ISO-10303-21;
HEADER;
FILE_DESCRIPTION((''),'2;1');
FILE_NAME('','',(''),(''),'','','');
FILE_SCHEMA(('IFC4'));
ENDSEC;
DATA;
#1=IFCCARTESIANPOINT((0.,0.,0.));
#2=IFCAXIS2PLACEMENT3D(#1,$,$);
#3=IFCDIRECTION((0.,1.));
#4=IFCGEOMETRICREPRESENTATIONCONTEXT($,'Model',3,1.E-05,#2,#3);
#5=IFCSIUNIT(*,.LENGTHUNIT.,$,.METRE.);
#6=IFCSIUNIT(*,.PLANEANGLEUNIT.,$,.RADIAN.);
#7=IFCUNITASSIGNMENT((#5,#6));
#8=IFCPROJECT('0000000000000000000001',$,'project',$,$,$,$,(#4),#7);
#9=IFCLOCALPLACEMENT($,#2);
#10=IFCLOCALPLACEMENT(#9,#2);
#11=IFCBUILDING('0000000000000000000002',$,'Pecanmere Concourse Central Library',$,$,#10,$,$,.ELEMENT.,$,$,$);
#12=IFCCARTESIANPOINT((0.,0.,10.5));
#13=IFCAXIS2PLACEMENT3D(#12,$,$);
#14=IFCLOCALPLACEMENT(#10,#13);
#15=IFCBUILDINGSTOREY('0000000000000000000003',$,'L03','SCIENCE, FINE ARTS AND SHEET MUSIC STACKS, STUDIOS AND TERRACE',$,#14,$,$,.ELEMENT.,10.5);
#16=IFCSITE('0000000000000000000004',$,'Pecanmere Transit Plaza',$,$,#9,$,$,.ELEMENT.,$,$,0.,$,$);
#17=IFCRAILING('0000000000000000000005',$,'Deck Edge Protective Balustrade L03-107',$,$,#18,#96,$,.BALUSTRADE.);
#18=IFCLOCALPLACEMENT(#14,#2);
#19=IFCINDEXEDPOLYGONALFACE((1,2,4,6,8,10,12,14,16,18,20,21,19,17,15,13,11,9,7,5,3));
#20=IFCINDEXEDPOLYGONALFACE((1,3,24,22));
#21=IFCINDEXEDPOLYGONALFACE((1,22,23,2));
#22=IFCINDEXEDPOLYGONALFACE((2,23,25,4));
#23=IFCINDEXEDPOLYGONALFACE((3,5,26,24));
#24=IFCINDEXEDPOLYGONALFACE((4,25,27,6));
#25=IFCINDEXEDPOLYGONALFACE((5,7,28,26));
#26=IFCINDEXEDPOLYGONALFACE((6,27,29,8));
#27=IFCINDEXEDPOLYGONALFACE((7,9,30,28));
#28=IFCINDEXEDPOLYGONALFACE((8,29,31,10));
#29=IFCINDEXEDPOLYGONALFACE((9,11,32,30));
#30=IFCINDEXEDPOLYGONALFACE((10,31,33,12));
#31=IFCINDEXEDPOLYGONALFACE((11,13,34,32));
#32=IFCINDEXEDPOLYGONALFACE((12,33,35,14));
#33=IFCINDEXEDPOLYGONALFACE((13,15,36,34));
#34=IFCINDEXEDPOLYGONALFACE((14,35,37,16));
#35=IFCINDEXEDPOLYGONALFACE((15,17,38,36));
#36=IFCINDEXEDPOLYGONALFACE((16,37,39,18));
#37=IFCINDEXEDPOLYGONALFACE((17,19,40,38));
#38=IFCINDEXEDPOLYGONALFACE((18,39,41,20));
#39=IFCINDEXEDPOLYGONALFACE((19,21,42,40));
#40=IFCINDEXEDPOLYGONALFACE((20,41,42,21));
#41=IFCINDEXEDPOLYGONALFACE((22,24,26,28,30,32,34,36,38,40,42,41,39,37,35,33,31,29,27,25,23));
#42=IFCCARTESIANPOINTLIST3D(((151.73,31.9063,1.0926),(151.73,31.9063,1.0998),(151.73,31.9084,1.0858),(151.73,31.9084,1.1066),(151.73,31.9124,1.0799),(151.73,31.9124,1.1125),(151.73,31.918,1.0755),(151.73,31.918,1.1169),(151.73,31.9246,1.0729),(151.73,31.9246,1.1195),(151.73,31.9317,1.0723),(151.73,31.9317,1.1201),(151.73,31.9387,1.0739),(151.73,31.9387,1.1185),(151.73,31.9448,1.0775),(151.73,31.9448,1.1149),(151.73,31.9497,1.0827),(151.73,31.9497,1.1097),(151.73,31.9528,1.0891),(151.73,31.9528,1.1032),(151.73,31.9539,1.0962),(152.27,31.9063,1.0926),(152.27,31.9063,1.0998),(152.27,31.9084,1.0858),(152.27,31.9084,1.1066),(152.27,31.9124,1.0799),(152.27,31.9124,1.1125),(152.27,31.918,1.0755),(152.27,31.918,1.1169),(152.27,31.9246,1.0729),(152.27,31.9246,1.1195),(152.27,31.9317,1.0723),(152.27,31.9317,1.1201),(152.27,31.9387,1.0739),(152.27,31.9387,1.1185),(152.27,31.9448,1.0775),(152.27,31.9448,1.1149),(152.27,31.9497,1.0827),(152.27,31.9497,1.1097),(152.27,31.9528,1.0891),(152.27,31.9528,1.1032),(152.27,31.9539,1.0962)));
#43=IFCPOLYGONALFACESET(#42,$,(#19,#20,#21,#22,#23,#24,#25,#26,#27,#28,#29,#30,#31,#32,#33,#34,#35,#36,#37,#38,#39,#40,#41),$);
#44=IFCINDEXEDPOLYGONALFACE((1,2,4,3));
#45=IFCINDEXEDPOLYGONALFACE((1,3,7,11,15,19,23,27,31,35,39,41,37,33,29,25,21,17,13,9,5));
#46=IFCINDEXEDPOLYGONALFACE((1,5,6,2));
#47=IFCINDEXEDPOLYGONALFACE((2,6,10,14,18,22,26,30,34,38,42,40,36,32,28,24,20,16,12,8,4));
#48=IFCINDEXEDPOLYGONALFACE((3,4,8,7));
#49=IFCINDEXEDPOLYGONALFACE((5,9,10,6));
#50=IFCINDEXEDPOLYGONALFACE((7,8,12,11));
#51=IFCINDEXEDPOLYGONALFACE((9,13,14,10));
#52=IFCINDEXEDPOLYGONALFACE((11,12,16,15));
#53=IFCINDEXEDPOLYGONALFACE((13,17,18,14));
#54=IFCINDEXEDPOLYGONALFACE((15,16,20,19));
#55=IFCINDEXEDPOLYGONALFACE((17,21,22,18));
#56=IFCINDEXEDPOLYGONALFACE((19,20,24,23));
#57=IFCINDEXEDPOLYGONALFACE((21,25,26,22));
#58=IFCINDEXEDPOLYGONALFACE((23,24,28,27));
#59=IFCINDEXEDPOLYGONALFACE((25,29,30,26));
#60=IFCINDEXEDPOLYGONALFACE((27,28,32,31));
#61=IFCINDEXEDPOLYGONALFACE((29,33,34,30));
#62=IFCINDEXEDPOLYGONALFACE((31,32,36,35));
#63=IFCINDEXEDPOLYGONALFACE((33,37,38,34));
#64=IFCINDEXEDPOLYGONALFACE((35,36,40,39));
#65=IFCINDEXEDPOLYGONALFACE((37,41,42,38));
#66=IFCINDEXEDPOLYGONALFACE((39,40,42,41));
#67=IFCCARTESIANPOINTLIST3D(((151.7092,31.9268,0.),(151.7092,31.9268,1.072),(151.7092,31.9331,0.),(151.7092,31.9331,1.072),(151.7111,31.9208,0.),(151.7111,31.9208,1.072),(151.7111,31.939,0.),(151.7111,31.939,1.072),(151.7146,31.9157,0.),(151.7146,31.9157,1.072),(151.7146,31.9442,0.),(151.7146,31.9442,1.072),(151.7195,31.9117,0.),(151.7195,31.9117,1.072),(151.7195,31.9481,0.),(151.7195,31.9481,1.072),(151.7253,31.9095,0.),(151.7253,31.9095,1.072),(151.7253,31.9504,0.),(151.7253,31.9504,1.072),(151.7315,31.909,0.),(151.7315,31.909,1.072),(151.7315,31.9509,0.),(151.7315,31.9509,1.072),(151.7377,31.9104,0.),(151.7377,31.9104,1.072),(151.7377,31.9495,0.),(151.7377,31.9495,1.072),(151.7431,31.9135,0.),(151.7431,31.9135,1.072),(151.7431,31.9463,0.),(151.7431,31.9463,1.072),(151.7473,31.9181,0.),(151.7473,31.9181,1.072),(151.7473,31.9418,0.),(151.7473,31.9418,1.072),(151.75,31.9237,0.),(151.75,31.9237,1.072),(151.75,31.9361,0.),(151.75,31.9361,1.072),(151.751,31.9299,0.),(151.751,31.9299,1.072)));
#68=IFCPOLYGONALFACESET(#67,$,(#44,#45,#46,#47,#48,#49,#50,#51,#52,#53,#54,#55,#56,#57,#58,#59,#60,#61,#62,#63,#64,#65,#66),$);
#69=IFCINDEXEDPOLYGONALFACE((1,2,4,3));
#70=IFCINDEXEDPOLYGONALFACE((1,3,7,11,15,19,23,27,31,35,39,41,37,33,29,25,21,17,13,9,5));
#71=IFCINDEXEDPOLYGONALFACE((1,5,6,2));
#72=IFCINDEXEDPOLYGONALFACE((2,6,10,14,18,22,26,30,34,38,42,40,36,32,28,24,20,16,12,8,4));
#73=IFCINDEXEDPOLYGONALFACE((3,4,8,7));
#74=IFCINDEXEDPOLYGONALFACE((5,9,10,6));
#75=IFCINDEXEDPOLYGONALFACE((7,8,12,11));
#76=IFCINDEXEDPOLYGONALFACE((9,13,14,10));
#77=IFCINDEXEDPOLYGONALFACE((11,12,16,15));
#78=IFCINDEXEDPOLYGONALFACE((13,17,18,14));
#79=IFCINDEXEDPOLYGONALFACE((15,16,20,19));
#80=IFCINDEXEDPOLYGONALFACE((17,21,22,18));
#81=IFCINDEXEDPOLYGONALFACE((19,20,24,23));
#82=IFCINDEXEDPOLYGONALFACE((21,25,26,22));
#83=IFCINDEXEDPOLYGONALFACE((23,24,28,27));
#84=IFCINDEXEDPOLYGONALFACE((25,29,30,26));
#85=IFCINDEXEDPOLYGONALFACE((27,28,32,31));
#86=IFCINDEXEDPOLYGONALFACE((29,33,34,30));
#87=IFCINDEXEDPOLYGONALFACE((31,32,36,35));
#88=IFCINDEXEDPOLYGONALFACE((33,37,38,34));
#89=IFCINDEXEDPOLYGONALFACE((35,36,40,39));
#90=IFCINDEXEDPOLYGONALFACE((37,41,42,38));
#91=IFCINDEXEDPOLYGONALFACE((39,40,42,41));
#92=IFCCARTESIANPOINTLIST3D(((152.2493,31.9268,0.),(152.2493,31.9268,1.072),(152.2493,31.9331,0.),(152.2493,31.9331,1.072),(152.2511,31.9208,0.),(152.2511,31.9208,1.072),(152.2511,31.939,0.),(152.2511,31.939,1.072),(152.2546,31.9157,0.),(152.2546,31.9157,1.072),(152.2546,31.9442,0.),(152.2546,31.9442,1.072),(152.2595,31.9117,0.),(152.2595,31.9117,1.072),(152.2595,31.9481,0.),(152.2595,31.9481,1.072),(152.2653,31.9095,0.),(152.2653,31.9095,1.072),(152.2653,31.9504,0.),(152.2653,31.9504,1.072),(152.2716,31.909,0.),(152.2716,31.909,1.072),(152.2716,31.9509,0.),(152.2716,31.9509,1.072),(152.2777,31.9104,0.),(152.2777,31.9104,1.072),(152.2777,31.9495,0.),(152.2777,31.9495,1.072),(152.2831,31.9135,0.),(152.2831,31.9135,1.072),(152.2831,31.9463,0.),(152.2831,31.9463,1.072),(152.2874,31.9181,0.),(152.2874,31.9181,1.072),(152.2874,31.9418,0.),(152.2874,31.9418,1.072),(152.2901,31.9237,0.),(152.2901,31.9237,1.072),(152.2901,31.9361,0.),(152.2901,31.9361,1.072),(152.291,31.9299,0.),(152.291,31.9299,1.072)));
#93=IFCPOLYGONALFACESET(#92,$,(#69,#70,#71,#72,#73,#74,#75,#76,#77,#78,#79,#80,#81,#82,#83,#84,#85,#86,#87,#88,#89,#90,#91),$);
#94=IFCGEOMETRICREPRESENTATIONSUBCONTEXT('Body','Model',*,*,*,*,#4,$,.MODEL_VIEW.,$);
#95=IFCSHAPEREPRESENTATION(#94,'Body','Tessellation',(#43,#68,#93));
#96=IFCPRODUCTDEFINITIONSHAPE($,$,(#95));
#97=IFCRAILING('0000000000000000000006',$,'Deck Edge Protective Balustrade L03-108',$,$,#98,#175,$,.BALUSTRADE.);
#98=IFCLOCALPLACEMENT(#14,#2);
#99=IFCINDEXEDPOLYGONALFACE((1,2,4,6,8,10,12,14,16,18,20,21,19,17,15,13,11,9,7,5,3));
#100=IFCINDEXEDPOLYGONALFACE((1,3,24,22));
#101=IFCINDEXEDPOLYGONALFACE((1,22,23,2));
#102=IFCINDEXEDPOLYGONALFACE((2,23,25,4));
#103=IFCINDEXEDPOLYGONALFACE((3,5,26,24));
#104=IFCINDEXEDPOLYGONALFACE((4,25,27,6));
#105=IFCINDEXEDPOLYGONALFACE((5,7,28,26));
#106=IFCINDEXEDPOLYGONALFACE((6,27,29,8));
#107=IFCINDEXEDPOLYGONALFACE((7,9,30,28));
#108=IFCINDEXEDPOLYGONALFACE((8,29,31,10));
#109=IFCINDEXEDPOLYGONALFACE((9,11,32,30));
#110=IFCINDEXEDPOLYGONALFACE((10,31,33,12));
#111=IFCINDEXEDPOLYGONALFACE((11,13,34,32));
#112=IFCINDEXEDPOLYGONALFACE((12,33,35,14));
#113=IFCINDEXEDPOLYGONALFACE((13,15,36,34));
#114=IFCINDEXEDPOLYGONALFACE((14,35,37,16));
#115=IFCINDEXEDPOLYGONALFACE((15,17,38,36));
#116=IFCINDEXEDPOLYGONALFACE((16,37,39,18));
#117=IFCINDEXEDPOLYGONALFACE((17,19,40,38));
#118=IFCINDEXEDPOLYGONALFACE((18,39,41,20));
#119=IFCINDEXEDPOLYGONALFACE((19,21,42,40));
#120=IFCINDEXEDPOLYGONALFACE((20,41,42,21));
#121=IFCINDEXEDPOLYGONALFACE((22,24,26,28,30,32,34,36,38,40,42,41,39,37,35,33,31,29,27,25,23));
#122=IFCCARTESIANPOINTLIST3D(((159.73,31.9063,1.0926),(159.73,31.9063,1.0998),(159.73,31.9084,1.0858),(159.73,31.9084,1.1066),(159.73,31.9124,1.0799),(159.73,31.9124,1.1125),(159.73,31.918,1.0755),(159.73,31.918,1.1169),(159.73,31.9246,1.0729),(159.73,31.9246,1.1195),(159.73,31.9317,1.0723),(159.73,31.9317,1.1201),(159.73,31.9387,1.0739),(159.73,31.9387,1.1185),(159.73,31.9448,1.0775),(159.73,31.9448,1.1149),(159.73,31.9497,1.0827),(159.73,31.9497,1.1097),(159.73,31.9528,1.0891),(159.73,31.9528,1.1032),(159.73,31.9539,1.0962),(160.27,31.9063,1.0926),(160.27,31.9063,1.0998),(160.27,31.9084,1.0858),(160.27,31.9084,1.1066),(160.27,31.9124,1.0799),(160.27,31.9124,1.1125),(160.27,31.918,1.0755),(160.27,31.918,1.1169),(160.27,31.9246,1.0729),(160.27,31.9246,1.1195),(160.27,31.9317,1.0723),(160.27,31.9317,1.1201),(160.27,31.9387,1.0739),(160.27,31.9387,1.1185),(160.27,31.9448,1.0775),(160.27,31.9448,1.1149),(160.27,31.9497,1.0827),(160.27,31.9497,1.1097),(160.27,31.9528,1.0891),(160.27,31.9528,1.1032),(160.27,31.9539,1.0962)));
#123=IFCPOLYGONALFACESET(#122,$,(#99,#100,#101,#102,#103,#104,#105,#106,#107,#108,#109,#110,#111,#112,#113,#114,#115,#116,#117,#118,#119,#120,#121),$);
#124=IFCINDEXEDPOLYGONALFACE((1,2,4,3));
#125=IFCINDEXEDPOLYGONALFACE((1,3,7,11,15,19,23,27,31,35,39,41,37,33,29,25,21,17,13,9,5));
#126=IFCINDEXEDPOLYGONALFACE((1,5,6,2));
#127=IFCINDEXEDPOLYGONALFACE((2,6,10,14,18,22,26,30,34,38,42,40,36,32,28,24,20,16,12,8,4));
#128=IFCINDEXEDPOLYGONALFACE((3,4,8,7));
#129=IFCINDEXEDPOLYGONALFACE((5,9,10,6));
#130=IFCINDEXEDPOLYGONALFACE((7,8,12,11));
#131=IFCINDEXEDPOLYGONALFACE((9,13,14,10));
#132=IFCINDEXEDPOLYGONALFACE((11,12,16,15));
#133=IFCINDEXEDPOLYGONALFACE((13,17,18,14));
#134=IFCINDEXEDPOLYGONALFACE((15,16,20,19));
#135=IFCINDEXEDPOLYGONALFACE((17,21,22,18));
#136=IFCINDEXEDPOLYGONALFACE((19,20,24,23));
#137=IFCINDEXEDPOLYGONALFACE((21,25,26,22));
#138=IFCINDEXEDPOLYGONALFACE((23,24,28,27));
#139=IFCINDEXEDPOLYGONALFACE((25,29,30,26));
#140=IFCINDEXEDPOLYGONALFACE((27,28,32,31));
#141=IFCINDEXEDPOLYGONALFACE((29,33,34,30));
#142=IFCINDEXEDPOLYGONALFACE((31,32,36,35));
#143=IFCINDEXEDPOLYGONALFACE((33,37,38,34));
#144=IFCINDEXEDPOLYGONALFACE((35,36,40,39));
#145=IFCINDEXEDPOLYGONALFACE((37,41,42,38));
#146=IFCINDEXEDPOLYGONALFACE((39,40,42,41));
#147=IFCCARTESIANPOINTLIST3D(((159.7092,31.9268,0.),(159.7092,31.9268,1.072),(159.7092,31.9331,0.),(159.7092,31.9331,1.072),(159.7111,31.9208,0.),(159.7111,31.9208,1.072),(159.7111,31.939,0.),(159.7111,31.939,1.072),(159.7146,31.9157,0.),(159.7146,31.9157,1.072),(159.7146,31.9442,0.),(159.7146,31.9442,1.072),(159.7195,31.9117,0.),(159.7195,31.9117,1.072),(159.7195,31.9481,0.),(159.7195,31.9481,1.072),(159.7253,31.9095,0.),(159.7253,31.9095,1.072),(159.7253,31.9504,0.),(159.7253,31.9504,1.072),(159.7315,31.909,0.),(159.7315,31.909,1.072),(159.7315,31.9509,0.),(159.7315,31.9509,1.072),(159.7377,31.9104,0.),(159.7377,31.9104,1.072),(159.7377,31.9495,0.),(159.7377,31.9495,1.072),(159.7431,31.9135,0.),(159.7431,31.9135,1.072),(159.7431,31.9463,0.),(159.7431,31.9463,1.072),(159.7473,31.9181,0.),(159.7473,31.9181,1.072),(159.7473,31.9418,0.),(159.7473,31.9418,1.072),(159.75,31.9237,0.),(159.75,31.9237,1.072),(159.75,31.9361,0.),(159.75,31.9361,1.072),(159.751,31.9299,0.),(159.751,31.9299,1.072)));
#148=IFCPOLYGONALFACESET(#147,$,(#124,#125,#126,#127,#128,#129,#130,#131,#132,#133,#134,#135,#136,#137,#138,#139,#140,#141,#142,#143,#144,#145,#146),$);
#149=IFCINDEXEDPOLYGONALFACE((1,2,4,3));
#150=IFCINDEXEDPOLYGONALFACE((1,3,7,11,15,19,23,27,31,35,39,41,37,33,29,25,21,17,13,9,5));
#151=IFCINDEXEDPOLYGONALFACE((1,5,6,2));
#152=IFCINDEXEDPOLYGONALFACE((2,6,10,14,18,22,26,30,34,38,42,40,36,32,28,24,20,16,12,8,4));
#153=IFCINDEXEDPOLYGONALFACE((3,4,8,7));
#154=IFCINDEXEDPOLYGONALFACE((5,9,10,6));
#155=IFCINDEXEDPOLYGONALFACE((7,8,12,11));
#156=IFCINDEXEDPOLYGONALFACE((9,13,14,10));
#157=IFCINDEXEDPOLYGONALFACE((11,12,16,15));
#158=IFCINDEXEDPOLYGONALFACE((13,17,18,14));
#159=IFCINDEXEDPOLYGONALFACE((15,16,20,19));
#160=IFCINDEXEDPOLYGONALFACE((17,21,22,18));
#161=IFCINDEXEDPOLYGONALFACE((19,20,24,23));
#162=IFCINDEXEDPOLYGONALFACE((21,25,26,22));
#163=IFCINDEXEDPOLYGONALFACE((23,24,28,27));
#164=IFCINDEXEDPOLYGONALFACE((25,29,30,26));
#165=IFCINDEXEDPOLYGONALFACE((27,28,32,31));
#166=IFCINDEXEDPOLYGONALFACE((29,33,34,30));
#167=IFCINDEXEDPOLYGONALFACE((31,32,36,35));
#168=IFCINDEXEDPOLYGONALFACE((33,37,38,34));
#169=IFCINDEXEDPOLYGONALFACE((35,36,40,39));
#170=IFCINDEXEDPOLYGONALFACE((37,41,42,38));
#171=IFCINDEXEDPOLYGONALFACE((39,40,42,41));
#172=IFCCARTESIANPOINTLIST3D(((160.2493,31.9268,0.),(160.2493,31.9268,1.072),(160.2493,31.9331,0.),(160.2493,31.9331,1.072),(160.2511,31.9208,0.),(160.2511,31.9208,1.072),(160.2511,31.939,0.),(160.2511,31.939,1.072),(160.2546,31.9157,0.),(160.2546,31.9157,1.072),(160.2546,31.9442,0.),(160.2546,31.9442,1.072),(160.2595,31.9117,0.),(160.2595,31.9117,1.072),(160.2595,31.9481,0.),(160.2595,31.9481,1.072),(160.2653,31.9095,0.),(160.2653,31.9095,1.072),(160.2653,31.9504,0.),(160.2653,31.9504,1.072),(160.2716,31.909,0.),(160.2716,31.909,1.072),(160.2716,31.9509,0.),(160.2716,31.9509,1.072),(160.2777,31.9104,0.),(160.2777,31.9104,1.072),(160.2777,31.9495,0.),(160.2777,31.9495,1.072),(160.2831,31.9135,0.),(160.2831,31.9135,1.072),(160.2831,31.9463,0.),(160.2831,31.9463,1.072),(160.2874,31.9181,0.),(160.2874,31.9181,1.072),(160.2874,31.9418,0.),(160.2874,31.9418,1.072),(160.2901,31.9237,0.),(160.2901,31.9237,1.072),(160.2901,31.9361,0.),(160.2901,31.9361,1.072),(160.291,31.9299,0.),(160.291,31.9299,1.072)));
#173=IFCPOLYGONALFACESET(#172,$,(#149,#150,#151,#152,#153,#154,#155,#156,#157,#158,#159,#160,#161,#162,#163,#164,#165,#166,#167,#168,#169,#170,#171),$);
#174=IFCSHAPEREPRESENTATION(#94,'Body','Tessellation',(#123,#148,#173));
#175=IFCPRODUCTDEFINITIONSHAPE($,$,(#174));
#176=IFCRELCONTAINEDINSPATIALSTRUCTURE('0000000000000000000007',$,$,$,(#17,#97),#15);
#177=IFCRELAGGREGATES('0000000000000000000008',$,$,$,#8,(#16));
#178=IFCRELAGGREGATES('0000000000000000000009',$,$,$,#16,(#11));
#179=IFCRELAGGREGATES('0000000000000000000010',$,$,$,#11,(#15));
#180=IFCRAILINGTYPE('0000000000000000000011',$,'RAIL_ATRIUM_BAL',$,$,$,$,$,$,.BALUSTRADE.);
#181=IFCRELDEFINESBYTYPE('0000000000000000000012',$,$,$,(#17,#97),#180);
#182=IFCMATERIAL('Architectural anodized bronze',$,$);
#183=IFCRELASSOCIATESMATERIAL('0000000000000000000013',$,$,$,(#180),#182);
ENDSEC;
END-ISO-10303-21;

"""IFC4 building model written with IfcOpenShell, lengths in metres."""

from ifc_helpers import new_model, si_unit, direction, frame, origin, origin_2d, place, context, subcontext, project, spatial, circle, extrude, material, type_object, element, save


model = new_model("IFC4")

# Units and contexts
model_context = context("Model", 3, precision=1e-05, world=origin(), true_north=direction((0.0, 1.0)))
body_context = subcontext(model_context, "Body", "Model", "MODEL_VIEW")
ifc_project = project(units=[si_unit("LENGTHUNIT", "METRE"), si_unit("PLANEANGLEUNIT", "RADIAN")], contexts=[model_context])

# Site, building, storey
site_placement = place(None, origin())
site = spatial("IfcSite", under=ifc_project, at=site_placement, Name="Pecanmere Transit Plaza", CompositionType="ELEMENT", RefElevation=0.0)
building_placement = place(site_placement, origin())
building = spatial("IfcBuilding", under=site, at=building_placement, Name="Pecanmere Concourse Central Library", CompositionType="ELEMENT")
storey_placement = place(building_placement, frame((0.0, 0.0, 10.5)))
storey = spatial("IfcBuildingStorey", under=building, at=storey_placement, Name="L03", Description="SCIENCE, FINE ARTS AND SHEET MUSIC STACKS, STUDIOS AND TERRACE", CompositionType="ELEMENT", Elevation=10.5)

# Railings
ifc_material_1 = material(Name="Architectural anodized bronze")
railing_type = type_object("IfcRailingType", Name="RAIL_ATRIUM_BAL", PredefinedType="BALUSTRADE", material=ifc_material_1)
for number, where, name in (
    (1, (151.73, 31.9299, 0.0), "Deck Edge Protective Balustrade L03-107"),
    (2, (159.73, 31.9299, 0.0), "Deck Edge Protective Balustrade L03-108"),
):
    element("IfcRailing", number, at=place(storey_placement, frame(where)), inside=storey, type_object=railing_type, Name=name, PredefinedType="BALUSTRADE", context=body_context, shape_type="SweptSolid", body=[
        extrude(circle(Radius=0.0239, at=origin_2d()), frame((0.0, 0.0, 1.0962), z_axis=(1.0, 0.0, 0.0), x_axis=(0.0, 1.0, 0.0)), (0.0, 0.0, 1.0), 0.54),
        extrude(circle(Radius=0.021, at=origin_2d()), origin(), (0.0, 0.0, 1.0), 1.072),
        extrude(circle(Radius=0.021, at=origin_2d()), frame((0.54, 0.0, 0.0)), (0.0, 0.0, 1.0), 1.072),
    ])

save(model, "model.ifc")
